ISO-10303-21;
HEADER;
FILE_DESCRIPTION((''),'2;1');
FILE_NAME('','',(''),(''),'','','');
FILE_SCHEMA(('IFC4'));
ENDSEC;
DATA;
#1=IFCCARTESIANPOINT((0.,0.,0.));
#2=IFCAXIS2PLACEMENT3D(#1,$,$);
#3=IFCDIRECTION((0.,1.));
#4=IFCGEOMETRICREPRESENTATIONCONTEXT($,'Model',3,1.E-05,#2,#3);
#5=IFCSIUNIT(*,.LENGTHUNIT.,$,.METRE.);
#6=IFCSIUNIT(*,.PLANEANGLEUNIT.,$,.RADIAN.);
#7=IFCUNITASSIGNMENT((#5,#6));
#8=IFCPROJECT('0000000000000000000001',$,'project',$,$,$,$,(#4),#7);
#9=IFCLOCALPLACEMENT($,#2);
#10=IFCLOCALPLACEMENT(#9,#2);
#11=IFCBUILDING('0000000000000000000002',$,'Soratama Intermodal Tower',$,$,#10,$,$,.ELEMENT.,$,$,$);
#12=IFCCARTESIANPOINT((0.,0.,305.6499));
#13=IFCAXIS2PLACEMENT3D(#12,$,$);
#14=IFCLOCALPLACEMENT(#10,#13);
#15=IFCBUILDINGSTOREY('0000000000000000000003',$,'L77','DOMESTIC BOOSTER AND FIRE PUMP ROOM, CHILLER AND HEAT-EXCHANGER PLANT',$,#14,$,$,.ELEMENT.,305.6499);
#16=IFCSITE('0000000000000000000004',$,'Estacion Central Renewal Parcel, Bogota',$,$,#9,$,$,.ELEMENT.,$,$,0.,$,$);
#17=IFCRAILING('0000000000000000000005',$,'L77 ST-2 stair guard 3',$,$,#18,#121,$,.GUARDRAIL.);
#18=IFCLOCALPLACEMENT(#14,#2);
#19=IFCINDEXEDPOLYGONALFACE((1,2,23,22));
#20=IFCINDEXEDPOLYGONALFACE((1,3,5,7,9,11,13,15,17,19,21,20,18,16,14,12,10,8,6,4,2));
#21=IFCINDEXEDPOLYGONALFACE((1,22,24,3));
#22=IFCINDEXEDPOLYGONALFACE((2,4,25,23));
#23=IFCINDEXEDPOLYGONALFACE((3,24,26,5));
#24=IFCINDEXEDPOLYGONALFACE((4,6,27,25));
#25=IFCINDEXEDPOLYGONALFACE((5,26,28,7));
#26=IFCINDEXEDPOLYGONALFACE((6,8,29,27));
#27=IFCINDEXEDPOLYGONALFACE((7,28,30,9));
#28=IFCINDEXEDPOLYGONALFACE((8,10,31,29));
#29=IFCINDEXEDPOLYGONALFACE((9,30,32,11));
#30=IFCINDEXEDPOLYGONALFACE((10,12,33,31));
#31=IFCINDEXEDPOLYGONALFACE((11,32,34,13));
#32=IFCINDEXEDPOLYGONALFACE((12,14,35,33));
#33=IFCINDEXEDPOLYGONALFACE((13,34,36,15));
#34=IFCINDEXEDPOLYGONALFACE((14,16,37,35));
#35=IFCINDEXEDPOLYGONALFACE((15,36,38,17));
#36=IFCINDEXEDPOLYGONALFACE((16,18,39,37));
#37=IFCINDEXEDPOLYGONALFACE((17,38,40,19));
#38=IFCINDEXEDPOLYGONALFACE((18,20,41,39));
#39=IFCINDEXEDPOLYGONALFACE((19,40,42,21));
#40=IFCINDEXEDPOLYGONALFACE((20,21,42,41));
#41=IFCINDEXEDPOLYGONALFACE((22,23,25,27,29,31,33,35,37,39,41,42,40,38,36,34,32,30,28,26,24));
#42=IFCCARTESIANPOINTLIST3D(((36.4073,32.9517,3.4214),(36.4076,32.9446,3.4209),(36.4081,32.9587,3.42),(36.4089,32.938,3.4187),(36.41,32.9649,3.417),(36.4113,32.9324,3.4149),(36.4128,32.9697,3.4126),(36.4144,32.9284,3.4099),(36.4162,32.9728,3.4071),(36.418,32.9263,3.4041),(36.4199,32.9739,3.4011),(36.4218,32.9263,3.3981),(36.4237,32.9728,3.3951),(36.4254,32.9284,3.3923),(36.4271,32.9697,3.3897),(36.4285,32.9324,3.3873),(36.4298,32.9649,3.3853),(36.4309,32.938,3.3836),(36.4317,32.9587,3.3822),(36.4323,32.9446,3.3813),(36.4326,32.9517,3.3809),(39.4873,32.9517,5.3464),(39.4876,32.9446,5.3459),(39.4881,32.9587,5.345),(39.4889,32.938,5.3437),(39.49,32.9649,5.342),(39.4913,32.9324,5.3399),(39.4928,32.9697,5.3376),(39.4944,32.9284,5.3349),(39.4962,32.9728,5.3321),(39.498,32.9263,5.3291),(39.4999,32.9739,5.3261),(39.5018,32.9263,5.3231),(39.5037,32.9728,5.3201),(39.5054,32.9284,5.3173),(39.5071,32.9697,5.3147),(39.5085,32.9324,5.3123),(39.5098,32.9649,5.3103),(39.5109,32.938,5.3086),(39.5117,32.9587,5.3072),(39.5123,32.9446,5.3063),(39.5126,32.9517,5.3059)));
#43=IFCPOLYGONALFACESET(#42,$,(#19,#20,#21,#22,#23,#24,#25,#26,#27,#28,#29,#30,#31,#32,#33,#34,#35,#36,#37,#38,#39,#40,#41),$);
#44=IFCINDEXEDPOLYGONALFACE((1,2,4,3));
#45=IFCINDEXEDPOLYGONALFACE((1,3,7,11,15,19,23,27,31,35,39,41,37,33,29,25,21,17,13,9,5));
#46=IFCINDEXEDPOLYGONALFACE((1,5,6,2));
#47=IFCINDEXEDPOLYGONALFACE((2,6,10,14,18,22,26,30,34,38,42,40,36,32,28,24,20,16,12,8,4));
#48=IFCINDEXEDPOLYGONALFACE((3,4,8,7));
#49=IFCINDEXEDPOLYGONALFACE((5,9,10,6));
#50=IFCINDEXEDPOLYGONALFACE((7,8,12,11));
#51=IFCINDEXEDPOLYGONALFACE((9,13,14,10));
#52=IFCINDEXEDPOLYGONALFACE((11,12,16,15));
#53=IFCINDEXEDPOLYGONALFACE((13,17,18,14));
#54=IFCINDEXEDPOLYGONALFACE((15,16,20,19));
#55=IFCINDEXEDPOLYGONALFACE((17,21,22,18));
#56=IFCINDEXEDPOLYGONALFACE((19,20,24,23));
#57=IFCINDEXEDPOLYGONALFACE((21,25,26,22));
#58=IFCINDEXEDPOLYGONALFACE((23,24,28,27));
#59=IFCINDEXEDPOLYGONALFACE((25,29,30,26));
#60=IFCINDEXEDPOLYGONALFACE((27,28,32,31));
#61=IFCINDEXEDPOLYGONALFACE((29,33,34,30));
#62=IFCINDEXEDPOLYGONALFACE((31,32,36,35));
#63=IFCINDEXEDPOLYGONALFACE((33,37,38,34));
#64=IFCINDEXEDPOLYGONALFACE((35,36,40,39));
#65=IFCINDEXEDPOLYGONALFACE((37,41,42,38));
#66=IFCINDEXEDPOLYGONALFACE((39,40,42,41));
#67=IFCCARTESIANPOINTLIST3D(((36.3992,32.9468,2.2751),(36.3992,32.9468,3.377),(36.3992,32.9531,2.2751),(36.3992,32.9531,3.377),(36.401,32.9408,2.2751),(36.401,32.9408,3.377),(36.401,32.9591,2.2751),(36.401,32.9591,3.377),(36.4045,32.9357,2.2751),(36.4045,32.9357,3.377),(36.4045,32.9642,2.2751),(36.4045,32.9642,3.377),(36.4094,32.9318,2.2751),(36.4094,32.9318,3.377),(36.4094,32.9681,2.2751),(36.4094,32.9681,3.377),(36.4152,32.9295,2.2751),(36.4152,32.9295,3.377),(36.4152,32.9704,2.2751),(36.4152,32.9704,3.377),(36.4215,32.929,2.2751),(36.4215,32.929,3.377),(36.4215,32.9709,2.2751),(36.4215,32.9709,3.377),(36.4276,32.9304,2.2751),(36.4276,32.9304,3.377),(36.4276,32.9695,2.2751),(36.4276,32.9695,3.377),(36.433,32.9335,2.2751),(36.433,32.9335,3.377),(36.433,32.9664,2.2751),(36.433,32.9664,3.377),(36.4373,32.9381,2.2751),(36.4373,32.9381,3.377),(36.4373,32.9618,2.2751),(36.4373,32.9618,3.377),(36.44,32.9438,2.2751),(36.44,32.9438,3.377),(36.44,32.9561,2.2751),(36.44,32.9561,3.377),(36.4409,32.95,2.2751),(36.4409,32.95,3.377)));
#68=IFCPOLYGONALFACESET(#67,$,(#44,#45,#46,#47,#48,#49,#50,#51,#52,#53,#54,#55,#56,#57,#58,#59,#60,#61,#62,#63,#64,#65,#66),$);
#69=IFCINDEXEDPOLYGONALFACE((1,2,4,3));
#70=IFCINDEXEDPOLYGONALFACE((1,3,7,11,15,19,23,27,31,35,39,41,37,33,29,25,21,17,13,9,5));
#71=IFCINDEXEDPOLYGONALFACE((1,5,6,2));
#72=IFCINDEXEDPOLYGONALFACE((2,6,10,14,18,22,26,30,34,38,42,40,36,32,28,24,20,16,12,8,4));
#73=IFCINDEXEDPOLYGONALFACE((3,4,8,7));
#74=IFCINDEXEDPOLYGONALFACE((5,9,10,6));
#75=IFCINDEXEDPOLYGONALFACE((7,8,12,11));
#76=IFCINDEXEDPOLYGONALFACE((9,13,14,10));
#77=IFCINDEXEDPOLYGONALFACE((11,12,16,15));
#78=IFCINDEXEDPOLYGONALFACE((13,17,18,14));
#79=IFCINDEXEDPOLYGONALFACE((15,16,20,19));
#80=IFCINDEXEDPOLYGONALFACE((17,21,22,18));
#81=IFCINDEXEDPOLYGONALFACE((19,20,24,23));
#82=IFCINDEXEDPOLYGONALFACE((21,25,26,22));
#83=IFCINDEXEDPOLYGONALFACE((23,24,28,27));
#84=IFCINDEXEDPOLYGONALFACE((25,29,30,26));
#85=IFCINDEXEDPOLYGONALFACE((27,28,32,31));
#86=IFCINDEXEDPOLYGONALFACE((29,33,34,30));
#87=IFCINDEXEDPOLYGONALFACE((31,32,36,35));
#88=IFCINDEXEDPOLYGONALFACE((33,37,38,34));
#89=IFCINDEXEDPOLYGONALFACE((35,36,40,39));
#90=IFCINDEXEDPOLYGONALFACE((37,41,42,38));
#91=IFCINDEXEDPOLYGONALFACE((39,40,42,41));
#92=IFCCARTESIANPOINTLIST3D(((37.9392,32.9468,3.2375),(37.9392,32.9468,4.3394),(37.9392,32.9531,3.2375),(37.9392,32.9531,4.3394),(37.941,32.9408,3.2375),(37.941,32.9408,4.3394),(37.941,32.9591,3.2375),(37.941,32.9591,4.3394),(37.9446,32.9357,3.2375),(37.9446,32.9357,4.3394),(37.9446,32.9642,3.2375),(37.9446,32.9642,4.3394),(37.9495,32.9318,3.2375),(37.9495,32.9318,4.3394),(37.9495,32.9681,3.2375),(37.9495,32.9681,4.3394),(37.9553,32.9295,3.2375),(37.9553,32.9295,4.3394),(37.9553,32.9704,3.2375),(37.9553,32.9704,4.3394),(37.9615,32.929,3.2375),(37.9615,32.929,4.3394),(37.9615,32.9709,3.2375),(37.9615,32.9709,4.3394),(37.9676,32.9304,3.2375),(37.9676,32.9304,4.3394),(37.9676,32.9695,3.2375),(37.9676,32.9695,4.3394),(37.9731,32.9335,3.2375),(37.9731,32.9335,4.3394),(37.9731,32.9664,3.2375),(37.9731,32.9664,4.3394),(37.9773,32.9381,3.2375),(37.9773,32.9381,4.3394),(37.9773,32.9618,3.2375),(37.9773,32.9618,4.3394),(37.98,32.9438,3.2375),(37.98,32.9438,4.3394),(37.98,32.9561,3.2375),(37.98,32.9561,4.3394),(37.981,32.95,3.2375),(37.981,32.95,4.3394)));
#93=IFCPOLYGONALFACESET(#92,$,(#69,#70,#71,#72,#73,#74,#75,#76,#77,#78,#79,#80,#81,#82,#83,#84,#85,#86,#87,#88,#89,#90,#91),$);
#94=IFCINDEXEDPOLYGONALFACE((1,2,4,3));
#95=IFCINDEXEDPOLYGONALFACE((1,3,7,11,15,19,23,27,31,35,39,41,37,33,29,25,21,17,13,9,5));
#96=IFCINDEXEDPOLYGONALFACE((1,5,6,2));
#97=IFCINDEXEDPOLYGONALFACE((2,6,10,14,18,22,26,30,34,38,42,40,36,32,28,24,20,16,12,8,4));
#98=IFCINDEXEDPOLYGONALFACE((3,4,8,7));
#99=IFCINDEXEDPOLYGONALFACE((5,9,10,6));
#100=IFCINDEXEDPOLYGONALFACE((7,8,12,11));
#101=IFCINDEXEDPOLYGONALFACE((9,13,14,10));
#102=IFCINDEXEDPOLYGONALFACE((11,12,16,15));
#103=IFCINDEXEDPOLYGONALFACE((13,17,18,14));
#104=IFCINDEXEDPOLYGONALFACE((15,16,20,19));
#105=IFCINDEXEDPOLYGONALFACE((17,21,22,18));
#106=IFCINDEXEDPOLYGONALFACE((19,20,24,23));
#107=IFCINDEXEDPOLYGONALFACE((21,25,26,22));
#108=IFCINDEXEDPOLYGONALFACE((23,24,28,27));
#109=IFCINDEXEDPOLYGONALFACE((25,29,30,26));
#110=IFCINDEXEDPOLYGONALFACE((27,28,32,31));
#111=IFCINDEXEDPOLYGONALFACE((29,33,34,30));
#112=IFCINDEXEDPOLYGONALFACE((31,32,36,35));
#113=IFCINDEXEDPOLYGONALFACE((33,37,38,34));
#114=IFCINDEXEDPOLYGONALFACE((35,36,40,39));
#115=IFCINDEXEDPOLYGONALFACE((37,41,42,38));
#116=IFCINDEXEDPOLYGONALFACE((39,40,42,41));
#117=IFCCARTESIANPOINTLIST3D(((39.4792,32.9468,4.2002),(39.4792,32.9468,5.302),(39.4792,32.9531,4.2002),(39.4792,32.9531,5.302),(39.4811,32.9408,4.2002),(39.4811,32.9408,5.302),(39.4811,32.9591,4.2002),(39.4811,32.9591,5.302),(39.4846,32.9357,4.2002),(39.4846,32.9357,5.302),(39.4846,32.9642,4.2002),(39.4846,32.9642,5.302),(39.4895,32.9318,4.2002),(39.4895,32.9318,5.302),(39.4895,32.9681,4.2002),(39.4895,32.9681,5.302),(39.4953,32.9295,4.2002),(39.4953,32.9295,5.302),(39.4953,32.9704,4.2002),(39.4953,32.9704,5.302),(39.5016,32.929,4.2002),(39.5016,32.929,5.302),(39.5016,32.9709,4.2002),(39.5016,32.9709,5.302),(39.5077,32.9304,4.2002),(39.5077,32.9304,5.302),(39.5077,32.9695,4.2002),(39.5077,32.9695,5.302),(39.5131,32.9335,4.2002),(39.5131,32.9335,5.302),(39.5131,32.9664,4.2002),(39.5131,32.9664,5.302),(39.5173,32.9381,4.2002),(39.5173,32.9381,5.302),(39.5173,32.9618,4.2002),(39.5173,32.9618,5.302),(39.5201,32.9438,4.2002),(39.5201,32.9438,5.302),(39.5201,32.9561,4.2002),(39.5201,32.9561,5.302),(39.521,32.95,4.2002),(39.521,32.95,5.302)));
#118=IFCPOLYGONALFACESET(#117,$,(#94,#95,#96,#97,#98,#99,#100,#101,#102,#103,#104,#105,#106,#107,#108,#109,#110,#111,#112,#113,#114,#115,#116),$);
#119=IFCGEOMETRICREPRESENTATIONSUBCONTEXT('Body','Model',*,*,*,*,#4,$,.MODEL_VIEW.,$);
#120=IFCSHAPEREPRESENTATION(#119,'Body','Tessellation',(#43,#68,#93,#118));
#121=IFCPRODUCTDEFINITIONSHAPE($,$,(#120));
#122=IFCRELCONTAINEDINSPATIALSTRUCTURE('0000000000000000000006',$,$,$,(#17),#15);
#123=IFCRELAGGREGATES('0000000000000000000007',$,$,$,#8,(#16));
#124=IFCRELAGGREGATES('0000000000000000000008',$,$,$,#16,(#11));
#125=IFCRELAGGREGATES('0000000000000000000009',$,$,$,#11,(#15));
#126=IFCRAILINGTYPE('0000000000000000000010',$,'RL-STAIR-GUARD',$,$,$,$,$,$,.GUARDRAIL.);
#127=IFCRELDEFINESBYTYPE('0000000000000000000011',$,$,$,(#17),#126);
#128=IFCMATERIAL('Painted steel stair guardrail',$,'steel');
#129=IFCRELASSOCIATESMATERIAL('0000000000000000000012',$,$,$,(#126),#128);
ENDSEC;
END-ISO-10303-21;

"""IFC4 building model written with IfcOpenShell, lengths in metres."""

from ifc_helpers import new_model, si_unit, direction, frame, origin, origin_2d, place, context, subcontext, project, spatial, circle, extrude, material, type_object, element, save


model = new_model("IFC4")

# Units and contexts
model_context = context("Model", 3, precision=1e-05, world=origin(), true_north=direction((0.0, 1.0)))
body_context = subcontext(model_context, "Body", "Model", "MODEL_VIEW")
ifc_project = project(units=[si_unit("LENGTHUNIT", "METRE"), si_unit("PLANEANGLEUNIT", "RADIAN")], contexts=[model_context])

# Site, building, storey
site_placement = place(None, origin())
site = spatial("IfcSite", under=ifc_project, at=site_placement, Name="Estacion Central Renewal Parcel, Bogota", CompositionType="ELEMENT", RefElevation=0.0)
building_placement = place(site_placement, origin())
building = spatial("IfcBuilding", under=site, at=building_placement, Name="Soratama Intermodal Tower", CompositionType="ELEMENT")
storey_placement = place(building_placement, frame((0.0, 0.0, 305.6499)))
storey = spatial("IfcBuildingStorey", under=building, at=storey_placement, Name="L77", Description="DOMESTIC BOOSTER AND FIRE PUMP ROOM, CHILLER AND HEAT-EXCHANGER PLANT", CompositionType="ELEMENT", Elevation=305.6499)

# Railing
ifc_material_1 = material(Name="Painted steel stair guardrail", Category="steel")
railing_type_1 = type_object("IfcRailingType", Name="RL-STAIR-GUARD", PredefinedType="GUARDRAIL", material=ifc_material_1)
railing_1_placement = place(storey_placement, frame((36.4199, 32.95, 2.2751)))
element("IfcRailing", 1, at=railing_1_placement, inside=storey, type_object=railing_type_1, Name="L77 ST-2 stair guard 3", PredefinedType="GUARDRAIL", context=body_context, shape_type="SweptSolid", body=[
    extrude(circle(Radius=0.0239, at=origin_2d()), frame((0.0, 0.0, 1.126), z_axis=(0.847998, 0.0, 0.529999), x_axis=(0.0, 1.0, 0.0)), (0.0, 0.0, 1.0), 3.6321),
    extrude(circle(Radius=0.021, at=origin_2d()), origin(), (0.0, 0.0, 1.0), 1.1018),
    extrude(circle(Radius=0.021, at=origin_2d()), frame((1.54, 0.0, 0.9624)), (0.0, 0.0, 1.0), 1.1018),
    extrude(circle(Radius=0.021, at=origin_2d()), frame((3.0801, 0.0, 1.925)), (0.0, 0.0, 1.0), 1.1018),
])

save(model, "model.ifc")
